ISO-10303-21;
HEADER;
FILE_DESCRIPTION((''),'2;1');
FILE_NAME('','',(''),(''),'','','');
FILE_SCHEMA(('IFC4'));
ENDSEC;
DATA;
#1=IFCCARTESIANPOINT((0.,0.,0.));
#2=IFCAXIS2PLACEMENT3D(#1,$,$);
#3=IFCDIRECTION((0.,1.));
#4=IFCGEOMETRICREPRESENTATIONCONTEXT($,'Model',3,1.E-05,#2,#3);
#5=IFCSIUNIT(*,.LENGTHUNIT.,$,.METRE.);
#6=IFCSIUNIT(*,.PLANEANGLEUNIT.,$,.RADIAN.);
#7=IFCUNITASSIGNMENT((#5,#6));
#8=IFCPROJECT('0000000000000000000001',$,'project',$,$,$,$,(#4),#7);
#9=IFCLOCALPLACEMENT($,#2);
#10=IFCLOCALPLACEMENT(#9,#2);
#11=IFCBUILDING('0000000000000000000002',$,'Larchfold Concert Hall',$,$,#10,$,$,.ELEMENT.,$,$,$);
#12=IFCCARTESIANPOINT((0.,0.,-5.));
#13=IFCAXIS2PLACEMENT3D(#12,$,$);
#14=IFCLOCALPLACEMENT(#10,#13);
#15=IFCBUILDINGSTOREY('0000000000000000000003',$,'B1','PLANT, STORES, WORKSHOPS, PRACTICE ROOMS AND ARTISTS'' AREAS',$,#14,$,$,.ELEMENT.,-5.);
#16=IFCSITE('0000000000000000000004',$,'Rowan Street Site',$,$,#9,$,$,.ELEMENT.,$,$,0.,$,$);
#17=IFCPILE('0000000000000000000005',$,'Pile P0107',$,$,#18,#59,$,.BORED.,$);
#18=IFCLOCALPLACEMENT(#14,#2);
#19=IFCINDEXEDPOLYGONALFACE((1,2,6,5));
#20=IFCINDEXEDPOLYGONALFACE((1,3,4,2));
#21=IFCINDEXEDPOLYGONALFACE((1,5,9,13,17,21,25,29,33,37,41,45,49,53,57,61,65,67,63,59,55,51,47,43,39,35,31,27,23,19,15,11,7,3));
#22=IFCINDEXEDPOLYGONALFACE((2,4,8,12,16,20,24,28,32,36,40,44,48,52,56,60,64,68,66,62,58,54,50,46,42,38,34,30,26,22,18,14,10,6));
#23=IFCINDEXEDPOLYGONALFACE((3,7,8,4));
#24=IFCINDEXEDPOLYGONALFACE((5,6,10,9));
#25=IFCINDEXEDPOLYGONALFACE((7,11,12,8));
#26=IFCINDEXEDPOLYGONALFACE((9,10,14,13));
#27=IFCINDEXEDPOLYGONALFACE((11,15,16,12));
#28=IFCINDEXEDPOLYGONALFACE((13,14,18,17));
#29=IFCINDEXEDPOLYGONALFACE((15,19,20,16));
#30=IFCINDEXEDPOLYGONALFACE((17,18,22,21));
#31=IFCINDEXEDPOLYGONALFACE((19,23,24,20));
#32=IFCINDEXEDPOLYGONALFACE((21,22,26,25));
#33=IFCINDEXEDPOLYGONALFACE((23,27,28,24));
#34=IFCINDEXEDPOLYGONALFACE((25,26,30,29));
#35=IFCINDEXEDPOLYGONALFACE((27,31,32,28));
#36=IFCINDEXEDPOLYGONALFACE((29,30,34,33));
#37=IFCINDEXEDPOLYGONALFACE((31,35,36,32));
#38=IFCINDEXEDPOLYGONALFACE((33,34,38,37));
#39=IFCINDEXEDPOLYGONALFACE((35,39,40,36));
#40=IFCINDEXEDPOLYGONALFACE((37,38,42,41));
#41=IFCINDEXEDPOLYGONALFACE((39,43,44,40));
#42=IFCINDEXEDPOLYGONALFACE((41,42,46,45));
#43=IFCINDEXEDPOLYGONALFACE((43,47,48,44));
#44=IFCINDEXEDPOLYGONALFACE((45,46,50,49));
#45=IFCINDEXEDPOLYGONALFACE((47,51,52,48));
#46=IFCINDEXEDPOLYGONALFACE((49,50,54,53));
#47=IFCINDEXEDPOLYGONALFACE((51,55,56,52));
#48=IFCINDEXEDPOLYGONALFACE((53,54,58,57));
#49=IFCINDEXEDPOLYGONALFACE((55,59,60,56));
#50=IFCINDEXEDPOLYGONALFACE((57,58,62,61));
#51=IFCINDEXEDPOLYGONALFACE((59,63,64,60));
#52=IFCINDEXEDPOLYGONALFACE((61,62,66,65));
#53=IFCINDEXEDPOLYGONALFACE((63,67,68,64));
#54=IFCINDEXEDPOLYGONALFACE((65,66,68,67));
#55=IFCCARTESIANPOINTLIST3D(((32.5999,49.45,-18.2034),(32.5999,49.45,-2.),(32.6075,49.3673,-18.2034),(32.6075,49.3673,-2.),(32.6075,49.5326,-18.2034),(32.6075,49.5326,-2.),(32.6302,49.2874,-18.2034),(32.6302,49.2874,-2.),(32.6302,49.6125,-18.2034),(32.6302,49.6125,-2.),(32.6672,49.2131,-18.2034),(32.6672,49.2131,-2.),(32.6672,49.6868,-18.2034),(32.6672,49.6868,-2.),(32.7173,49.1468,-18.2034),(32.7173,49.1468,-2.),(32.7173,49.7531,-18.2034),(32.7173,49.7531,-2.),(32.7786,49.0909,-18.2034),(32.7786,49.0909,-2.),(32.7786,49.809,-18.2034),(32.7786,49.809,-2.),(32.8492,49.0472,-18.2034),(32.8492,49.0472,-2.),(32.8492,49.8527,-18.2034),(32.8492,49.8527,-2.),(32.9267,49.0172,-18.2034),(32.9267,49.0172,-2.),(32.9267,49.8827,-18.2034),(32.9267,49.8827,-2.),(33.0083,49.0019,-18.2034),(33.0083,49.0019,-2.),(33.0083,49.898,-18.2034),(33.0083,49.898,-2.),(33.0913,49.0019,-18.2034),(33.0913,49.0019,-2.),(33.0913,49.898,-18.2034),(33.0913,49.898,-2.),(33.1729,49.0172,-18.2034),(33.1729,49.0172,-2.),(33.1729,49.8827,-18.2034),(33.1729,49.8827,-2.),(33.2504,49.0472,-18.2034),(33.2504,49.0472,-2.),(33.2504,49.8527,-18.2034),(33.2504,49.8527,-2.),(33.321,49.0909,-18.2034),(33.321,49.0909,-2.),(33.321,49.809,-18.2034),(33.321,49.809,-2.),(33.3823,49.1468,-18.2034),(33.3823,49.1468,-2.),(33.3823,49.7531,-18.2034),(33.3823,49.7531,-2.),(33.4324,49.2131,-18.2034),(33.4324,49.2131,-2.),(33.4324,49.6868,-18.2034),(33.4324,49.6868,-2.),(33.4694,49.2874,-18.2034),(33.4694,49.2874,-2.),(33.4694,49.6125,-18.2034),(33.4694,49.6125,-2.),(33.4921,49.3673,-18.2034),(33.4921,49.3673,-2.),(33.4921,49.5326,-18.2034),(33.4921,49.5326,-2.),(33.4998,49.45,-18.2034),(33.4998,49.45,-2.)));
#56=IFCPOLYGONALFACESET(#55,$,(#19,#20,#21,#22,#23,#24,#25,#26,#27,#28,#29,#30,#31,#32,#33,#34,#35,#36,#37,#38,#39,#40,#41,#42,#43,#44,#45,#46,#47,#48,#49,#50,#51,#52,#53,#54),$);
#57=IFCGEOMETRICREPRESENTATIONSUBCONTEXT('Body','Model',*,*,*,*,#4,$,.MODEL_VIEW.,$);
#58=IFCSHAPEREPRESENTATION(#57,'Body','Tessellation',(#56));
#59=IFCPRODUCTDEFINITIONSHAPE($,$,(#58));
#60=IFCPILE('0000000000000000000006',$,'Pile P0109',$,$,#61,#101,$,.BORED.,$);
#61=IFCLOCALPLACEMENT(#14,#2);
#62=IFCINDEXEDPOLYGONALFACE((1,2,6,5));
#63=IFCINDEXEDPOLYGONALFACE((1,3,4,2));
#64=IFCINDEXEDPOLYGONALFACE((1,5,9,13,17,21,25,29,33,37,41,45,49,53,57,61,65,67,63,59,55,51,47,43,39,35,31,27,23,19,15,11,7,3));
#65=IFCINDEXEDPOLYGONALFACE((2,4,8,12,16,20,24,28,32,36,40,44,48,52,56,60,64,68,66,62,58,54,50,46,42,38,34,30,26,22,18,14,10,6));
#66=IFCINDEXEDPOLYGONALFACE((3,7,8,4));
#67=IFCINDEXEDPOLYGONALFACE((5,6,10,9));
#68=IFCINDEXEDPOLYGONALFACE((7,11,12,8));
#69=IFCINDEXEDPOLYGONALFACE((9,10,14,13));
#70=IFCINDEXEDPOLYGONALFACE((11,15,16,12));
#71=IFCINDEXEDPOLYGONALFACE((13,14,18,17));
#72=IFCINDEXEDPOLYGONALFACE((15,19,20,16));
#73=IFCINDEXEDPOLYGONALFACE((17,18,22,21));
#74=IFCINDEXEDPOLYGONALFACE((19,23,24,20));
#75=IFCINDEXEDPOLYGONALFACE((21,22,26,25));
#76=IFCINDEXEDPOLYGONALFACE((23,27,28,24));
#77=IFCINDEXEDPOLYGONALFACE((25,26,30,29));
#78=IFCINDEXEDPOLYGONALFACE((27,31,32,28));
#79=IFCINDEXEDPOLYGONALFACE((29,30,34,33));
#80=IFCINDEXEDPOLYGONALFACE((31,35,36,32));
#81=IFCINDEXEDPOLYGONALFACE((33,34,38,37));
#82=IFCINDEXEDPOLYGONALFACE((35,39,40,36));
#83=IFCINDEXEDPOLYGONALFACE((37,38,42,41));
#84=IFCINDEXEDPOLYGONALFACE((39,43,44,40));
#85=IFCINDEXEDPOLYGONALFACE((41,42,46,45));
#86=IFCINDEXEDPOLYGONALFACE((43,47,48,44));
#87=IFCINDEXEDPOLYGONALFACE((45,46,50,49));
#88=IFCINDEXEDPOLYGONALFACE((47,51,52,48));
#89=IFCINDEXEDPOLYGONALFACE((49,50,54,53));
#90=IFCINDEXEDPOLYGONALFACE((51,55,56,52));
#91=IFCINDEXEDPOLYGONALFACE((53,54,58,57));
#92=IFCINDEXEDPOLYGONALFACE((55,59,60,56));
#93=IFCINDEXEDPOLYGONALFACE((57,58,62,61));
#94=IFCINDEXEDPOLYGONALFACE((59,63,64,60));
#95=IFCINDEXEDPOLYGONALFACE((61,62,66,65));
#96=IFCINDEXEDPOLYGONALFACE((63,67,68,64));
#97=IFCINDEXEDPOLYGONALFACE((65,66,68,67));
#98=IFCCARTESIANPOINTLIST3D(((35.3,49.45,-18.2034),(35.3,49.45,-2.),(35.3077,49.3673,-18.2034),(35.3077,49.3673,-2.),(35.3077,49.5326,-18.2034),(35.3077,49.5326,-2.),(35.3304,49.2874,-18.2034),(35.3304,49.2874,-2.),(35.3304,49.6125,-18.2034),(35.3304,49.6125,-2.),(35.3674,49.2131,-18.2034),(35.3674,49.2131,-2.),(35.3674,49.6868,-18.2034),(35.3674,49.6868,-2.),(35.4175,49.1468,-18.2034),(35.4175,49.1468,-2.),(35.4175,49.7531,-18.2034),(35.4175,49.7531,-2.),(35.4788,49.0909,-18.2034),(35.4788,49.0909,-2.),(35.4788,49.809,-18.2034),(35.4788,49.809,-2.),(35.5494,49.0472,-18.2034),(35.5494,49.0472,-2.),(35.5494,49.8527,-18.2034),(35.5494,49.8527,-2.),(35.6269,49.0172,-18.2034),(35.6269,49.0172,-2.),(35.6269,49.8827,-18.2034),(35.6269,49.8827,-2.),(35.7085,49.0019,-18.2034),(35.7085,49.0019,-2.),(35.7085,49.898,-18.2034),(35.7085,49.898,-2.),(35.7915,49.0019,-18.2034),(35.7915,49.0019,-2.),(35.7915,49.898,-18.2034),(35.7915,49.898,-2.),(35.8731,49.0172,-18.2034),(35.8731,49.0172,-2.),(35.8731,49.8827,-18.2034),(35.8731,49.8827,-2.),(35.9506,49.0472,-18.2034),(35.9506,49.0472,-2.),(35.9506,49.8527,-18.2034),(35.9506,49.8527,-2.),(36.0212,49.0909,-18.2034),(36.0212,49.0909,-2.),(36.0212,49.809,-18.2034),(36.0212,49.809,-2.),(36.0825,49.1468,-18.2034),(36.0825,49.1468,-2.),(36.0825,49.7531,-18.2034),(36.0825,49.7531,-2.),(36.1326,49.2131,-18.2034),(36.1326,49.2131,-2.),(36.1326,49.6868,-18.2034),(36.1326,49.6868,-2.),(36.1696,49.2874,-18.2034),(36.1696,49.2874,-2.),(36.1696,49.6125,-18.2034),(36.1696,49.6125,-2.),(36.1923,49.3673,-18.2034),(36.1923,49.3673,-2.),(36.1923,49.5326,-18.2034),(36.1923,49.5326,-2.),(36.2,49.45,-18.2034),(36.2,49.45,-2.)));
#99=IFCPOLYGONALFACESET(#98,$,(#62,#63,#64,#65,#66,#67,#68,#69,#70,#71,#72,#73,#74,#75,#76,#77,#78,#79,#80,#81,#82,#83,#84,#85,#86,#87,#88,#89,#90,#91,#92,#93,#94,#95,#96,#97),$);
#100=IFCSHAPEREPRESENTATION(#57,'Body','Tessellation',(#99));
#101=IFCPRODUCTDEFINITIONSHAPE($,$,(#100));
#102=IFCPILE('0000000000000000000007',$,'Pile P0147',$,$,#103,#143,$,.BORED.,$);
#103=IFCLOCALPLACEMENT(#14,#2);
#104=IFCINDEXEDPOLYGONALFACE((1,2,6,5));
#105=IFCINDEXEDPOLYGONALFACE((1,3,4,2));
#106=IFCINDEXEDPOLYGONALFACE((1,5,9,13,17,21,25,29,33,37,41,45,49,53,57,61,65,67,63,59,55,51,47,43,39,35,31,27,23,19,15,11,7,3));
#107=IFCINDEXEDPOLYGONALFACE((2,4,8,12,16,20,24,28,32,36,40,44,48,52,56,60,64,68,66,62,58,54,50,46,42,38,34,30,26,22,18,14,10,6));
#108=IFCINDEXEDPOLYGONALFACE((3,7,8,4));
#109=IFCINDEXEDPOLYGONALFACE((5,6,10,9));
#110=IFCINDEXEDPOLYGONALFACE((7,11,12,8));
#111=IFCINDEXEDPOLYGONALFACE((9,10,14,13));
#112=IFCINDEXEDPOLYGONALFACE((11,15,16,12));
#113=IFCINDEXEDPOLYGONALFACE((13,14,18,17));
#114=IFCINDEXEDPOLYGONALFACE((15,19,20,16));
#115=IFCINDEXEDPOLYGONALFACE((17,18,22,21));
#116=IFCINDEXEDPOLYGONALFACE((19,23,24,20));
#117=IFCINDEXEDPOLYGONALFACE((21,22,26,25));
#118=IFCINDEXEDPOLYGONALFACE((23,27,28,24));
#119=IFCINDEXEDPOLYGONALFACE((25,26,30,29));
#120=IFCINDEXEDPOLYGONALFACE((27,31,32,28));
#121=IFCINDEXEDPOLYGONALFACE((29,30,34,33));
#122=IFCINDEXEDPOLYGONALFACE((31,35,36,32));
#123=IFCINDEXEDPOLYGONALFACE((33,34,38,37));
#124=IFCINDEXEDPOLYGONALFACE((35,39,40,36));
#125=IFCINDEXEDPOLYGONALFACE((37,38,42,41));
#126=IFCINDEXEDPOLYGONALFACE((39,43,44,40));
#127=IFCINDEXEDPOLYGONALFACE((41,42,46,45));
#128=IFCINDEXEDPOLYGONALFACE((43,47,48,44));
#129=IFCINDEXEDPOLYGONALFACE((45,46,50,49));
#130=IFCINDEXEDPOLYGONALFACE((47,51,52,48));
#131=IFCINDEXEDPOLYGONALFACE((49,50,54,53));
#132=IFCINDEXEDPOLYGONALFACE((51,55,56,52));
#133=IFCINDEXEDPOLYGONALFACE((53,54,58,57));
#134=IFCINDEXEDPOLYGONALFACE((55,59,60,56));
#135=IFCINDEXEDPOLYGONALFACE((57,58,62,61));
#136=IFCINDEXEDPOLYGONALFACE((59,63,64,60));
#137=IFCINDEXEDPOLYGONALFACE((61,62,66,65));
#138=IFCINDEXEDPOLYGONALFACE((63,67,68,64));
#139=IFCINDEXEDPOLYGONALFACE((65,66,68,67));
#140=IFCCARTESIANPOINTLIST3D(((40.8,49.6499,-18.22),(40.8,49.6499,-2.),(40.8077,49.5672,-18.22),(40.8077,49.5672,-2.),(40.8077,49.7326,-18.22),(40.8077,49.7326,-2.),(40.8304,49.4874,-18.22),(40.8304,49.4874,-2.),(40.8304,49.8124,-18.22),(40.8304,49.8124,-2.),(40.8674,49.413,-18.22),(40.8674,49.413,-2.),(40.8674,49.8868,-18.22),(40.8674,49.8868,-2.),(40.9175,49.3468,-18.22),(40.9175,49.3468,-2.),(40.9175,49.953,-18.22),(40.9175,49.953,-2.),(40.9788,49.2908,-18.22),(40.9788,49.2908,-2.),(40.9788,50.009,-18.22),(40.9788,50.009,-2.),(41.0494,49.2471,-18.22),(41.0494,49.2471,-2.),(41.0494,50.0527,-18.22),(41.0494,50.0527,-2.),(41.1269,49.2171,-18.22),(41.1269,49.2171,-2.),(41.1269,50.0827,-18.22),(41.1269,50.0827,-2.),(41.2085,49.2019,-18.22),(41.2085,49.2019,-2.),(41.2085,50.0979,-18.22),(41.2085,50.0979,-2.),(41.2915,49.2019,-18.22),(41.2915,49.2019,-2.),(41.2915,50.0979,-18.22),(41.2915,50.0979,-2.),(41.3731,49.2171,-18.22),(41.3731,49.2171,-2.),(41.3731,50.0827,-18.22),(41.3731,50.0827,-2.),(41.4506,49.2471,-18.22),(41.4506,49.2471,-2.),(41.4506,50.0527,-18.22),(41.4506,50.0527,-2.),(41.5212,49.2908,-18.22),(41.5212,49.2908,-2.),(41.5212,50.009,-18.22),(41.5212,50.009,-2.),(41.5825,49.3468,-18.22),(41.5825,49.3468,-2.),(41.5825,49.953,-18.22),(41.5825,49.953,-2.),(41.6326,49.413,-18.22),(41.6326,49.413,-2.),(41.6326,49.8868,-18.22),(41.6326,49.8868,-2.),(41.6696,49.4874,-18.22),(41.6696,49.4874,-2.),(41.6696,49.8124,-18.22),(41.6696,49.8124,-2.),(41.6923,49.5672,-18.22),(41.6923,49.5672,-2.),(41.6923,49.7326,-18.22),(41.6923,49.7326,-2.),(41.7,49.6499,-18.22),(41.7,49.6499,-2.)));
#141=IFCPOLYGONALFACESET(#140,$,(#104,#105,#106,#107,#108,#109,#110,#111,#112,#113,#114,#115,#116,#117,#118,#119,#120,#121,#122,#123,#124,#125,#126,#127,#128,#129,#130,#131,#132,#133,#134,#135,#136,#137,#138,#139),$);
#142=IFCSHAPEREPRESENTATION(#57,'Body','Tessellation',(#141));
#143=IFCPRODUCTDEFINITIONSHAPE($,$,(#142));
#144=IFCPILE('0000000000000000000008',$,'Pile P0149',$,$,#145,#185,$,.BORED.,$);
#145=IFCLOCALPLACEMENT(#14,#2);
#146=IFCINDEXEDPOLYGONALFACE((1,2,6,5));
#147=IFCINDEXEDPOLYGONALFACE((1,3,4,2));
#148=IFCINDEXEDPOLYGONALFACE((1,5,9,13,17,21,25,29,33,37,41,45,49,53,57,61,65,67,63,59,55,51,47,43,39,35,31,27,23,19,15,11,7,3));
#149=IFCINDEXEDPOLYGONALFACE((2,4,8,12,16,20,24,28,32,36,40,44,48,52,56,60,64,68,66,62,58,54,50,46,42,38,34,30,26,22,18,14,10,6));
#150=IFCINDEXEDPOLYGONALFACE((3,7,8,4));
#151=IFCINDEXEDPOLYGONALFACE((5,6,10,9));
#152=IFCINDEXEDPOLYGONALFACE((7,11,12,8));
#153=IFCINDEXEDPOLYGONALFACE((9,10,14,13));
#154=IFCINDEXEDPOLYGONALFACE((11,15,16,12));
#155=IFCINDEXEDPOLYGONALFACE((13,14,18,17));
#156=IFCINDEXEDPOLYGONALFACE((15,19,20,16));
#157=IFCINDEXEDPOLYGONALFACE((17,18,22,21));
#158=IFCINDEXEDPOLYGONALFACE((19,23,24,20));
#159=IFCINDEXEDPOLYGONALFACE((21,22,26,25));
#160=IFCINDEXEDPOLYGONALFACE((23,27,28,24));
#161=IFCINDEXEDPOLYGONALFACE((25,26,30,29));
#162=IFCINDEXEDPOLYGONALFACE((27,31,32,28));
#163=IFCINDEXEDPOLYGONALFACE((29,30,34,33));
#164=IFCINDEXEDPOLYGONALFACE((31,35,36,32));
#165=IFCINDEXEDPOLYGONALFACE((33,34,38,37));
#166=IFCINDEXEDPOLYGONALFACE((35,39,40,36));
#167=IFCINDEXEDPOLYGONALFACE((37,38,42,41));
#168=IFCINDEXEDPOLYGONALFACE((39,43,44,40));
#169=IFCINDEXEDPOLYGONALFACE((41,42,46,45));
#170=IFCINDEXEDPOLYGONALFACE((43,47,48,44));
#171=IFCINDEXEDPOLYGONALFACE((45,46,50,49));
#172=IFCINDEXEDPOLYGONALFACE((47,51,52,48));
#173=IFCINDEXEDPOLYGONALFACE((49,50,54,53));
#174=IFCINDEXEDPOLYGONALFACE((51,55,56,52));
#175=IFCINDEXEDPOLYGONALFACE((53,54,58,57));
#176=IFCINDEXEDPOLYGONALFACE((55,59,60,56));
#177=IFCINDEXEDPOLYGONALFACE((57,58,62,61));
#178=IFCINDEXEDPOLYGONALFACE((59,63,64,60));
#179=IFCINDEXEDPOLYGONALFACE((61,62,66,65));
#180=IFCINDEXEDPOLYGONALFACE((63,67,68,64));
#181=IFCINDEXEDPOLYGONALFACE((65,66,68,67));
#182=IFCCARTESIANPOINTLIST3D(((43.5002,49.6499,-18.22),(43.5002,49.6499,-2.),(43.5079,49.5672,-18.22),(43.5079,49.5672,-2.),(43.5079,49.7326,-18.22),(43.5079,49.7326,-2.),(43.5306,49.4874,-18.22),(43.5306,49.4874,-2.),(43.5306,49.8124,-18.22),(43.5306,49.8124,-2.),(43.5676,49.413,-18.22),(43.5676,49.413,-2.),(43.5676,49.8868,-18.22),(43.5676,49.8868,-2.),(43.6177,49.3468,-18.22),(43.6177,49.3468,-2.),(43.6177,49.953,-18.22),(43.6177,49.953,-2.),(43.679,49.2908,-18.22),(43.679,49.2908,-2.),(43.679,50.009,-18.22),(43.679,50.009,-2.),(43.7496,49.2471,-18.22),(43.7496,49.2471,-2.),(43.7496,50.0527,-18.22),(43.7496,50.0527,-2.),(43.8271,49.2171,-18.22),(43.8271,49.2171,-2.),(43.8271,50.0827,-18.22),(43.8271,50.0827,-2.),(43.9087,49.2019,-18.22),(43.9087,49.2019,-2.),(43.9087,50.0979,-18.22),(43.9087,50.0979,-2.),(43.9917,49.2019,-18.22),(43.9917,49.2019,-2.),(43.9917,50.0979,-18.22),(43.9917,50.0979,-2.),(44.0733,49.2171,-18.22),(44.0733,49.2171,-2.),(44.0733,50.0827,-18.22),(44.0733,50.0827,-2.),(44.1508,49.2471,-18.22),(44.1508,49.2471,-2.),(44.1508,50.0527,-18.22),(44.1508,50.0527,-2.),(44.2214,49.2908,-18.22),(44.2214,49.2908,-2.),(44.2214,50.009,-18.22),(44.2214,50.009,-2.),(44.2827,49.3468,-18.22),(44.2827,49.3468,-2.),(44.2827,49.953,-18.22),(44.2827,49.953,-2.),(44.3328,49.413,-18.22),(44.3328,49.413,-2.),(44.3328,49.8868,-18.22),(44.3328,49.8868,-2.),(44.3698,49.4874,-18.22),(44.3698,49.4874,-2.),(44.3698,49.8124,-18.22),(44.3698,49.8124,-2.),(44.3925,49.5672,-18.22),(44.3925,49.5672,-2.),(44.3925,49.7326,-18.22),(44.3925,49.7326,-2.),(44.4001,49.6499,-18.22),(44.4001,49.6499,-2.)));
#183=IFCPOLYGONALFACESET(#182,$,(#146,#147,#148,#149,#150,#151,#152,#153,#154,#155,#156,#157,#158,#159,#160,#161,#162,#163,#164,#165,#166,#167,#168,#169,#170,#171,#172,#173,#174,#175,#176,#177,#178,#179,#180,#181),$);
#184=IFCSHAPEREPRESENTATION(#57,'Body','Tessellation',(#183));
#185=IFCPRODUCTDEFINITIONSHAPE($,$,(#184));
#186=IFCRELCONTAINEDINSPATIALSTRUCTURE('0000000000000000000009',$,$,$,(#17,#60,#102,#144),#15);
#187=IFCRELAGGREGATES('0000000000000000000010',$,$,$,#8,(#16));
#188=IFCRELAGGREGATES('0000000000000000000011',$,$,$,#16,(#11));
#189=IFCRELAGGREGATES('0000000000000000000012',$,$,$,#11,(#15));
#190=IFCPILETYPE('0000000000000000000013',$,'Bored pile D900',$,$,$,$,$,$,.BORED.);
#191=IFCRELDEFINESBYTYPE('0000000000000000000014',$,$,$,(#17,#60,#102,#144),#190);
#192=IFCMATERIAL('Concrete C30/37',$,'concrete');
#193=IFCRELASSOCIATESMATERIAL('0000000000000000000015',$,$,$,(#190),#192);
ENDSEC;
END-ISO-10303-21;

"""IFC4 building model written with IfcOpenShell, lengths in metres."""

from ifc_helpers import new_model, si_unit, direction, frame, origin, origin_2d, place, context, subcontext, project, spatial, circle, extrude, material, material_profile, profile_set, type_object, element, save


model = new_model("IFC4")

# Units and contexts
model_context = context("Model", 3, precision=1e-05, world=origin(), true_north=direction((0.0, 1.0)))
body_context = subcontext(model_context, "Body", "Model", "MODEL_VIEW")
ifc_project = project(units=[si_unit("LENGTHUNIT", "METRE"), si_unit("PLANEANGLEUNIT", "RADIAN")], contexts=[model_context])

# Site, building, storey
site_placement = place(None, origin())
site = spatial("IfcSite", under=ifc_project, at=site_placement, Name="Rowan Street Site", CompositionType="ELEMENT", RefElevation=0.0)
building_placement = place(site_placement, origin())
building = spatial("IfcBuilding", under=site, at=building_placement, Name="Larchfold Concert Hall", CompositionType="ELEMENT")
storey_placement = place(building_placement, frame((0.0, 0.0, -5.0)))
storey = spatial("IfcBuildingStorey", under=building, at=storey_placement, Name="B1", Description="PLANT, STORES, WORKSHOPS, PRACTICE ROOMS AND ARTISTS' AREAS", CompositionType="ELEMENT", Elevation=-5.0)

# Piles
ifc_material_1 = material(Name="Concrete C30/37", Category="concrete")
ifc_material_profile_1 = material_profile(ifc_material_1, circle(Radius=0.45, at=origin_2d()))
ifc_profile_set_1 = profile_set([ifc_material_profile_1], Name="Concrete C30/37")
pile_type = type_object("IfcPileType", Name="Bored pile D900", PredefinedType="BORED", material=ifc_profile_set_1)
for number, where, z_axis, x_axis, name in (
    (1, (33.0498, 49.45, -2.0), (0.0, 0.0, -1.0), (1.0, 0.0, 0.0), "Pile P0107"),
    (2, (35.75, 49.45, -2.0), (0.0, 0.0, -1.0), (1.0, 0.0, 0.0), "Pile P0109"),
):
    element("IfcPile", number, at=place(storey_placement, frame(where, z_axis=z_axis, x_axis=x_axis)), inside=storey, type_object=pile_type, Name=name, PredefinedType="BORED", context=body_context, shape_type="SweptSolid", body=[
        extrude(circle(Radius=0.45, at=origin_2d()), origin(), (0.0, 0.0, 1.0), 16.2034),
    ])
for number, where, z_axis, x_axis, name in (
    (3, (41.25, 49.6499, -2.0), (0.0, 0.0, -1.0), (1.0, 0.0, 0.0), "Pile P0147"),
    (4, (43.9502, 49.6499, -2.0), (0.0, 0.0, -1.0), (1.0, 0.0, 0.0), "Pile P0149"),
):
    element("IfcPile", number, at=place(storey_placement, frame(where, z_axis=z_axis, x_axis=x_axis)), inside=storey, type_object=pile_type, Name=name, PredefinedType="BORED", context=body_context, shape_type="SweptSolid", body=[
        extrude(circle(Radius=0.45, at=origin_2d()), origin(), (0.0, 0.0, 1.0), 16.22),
    ])

save(model, "model.ifc")
